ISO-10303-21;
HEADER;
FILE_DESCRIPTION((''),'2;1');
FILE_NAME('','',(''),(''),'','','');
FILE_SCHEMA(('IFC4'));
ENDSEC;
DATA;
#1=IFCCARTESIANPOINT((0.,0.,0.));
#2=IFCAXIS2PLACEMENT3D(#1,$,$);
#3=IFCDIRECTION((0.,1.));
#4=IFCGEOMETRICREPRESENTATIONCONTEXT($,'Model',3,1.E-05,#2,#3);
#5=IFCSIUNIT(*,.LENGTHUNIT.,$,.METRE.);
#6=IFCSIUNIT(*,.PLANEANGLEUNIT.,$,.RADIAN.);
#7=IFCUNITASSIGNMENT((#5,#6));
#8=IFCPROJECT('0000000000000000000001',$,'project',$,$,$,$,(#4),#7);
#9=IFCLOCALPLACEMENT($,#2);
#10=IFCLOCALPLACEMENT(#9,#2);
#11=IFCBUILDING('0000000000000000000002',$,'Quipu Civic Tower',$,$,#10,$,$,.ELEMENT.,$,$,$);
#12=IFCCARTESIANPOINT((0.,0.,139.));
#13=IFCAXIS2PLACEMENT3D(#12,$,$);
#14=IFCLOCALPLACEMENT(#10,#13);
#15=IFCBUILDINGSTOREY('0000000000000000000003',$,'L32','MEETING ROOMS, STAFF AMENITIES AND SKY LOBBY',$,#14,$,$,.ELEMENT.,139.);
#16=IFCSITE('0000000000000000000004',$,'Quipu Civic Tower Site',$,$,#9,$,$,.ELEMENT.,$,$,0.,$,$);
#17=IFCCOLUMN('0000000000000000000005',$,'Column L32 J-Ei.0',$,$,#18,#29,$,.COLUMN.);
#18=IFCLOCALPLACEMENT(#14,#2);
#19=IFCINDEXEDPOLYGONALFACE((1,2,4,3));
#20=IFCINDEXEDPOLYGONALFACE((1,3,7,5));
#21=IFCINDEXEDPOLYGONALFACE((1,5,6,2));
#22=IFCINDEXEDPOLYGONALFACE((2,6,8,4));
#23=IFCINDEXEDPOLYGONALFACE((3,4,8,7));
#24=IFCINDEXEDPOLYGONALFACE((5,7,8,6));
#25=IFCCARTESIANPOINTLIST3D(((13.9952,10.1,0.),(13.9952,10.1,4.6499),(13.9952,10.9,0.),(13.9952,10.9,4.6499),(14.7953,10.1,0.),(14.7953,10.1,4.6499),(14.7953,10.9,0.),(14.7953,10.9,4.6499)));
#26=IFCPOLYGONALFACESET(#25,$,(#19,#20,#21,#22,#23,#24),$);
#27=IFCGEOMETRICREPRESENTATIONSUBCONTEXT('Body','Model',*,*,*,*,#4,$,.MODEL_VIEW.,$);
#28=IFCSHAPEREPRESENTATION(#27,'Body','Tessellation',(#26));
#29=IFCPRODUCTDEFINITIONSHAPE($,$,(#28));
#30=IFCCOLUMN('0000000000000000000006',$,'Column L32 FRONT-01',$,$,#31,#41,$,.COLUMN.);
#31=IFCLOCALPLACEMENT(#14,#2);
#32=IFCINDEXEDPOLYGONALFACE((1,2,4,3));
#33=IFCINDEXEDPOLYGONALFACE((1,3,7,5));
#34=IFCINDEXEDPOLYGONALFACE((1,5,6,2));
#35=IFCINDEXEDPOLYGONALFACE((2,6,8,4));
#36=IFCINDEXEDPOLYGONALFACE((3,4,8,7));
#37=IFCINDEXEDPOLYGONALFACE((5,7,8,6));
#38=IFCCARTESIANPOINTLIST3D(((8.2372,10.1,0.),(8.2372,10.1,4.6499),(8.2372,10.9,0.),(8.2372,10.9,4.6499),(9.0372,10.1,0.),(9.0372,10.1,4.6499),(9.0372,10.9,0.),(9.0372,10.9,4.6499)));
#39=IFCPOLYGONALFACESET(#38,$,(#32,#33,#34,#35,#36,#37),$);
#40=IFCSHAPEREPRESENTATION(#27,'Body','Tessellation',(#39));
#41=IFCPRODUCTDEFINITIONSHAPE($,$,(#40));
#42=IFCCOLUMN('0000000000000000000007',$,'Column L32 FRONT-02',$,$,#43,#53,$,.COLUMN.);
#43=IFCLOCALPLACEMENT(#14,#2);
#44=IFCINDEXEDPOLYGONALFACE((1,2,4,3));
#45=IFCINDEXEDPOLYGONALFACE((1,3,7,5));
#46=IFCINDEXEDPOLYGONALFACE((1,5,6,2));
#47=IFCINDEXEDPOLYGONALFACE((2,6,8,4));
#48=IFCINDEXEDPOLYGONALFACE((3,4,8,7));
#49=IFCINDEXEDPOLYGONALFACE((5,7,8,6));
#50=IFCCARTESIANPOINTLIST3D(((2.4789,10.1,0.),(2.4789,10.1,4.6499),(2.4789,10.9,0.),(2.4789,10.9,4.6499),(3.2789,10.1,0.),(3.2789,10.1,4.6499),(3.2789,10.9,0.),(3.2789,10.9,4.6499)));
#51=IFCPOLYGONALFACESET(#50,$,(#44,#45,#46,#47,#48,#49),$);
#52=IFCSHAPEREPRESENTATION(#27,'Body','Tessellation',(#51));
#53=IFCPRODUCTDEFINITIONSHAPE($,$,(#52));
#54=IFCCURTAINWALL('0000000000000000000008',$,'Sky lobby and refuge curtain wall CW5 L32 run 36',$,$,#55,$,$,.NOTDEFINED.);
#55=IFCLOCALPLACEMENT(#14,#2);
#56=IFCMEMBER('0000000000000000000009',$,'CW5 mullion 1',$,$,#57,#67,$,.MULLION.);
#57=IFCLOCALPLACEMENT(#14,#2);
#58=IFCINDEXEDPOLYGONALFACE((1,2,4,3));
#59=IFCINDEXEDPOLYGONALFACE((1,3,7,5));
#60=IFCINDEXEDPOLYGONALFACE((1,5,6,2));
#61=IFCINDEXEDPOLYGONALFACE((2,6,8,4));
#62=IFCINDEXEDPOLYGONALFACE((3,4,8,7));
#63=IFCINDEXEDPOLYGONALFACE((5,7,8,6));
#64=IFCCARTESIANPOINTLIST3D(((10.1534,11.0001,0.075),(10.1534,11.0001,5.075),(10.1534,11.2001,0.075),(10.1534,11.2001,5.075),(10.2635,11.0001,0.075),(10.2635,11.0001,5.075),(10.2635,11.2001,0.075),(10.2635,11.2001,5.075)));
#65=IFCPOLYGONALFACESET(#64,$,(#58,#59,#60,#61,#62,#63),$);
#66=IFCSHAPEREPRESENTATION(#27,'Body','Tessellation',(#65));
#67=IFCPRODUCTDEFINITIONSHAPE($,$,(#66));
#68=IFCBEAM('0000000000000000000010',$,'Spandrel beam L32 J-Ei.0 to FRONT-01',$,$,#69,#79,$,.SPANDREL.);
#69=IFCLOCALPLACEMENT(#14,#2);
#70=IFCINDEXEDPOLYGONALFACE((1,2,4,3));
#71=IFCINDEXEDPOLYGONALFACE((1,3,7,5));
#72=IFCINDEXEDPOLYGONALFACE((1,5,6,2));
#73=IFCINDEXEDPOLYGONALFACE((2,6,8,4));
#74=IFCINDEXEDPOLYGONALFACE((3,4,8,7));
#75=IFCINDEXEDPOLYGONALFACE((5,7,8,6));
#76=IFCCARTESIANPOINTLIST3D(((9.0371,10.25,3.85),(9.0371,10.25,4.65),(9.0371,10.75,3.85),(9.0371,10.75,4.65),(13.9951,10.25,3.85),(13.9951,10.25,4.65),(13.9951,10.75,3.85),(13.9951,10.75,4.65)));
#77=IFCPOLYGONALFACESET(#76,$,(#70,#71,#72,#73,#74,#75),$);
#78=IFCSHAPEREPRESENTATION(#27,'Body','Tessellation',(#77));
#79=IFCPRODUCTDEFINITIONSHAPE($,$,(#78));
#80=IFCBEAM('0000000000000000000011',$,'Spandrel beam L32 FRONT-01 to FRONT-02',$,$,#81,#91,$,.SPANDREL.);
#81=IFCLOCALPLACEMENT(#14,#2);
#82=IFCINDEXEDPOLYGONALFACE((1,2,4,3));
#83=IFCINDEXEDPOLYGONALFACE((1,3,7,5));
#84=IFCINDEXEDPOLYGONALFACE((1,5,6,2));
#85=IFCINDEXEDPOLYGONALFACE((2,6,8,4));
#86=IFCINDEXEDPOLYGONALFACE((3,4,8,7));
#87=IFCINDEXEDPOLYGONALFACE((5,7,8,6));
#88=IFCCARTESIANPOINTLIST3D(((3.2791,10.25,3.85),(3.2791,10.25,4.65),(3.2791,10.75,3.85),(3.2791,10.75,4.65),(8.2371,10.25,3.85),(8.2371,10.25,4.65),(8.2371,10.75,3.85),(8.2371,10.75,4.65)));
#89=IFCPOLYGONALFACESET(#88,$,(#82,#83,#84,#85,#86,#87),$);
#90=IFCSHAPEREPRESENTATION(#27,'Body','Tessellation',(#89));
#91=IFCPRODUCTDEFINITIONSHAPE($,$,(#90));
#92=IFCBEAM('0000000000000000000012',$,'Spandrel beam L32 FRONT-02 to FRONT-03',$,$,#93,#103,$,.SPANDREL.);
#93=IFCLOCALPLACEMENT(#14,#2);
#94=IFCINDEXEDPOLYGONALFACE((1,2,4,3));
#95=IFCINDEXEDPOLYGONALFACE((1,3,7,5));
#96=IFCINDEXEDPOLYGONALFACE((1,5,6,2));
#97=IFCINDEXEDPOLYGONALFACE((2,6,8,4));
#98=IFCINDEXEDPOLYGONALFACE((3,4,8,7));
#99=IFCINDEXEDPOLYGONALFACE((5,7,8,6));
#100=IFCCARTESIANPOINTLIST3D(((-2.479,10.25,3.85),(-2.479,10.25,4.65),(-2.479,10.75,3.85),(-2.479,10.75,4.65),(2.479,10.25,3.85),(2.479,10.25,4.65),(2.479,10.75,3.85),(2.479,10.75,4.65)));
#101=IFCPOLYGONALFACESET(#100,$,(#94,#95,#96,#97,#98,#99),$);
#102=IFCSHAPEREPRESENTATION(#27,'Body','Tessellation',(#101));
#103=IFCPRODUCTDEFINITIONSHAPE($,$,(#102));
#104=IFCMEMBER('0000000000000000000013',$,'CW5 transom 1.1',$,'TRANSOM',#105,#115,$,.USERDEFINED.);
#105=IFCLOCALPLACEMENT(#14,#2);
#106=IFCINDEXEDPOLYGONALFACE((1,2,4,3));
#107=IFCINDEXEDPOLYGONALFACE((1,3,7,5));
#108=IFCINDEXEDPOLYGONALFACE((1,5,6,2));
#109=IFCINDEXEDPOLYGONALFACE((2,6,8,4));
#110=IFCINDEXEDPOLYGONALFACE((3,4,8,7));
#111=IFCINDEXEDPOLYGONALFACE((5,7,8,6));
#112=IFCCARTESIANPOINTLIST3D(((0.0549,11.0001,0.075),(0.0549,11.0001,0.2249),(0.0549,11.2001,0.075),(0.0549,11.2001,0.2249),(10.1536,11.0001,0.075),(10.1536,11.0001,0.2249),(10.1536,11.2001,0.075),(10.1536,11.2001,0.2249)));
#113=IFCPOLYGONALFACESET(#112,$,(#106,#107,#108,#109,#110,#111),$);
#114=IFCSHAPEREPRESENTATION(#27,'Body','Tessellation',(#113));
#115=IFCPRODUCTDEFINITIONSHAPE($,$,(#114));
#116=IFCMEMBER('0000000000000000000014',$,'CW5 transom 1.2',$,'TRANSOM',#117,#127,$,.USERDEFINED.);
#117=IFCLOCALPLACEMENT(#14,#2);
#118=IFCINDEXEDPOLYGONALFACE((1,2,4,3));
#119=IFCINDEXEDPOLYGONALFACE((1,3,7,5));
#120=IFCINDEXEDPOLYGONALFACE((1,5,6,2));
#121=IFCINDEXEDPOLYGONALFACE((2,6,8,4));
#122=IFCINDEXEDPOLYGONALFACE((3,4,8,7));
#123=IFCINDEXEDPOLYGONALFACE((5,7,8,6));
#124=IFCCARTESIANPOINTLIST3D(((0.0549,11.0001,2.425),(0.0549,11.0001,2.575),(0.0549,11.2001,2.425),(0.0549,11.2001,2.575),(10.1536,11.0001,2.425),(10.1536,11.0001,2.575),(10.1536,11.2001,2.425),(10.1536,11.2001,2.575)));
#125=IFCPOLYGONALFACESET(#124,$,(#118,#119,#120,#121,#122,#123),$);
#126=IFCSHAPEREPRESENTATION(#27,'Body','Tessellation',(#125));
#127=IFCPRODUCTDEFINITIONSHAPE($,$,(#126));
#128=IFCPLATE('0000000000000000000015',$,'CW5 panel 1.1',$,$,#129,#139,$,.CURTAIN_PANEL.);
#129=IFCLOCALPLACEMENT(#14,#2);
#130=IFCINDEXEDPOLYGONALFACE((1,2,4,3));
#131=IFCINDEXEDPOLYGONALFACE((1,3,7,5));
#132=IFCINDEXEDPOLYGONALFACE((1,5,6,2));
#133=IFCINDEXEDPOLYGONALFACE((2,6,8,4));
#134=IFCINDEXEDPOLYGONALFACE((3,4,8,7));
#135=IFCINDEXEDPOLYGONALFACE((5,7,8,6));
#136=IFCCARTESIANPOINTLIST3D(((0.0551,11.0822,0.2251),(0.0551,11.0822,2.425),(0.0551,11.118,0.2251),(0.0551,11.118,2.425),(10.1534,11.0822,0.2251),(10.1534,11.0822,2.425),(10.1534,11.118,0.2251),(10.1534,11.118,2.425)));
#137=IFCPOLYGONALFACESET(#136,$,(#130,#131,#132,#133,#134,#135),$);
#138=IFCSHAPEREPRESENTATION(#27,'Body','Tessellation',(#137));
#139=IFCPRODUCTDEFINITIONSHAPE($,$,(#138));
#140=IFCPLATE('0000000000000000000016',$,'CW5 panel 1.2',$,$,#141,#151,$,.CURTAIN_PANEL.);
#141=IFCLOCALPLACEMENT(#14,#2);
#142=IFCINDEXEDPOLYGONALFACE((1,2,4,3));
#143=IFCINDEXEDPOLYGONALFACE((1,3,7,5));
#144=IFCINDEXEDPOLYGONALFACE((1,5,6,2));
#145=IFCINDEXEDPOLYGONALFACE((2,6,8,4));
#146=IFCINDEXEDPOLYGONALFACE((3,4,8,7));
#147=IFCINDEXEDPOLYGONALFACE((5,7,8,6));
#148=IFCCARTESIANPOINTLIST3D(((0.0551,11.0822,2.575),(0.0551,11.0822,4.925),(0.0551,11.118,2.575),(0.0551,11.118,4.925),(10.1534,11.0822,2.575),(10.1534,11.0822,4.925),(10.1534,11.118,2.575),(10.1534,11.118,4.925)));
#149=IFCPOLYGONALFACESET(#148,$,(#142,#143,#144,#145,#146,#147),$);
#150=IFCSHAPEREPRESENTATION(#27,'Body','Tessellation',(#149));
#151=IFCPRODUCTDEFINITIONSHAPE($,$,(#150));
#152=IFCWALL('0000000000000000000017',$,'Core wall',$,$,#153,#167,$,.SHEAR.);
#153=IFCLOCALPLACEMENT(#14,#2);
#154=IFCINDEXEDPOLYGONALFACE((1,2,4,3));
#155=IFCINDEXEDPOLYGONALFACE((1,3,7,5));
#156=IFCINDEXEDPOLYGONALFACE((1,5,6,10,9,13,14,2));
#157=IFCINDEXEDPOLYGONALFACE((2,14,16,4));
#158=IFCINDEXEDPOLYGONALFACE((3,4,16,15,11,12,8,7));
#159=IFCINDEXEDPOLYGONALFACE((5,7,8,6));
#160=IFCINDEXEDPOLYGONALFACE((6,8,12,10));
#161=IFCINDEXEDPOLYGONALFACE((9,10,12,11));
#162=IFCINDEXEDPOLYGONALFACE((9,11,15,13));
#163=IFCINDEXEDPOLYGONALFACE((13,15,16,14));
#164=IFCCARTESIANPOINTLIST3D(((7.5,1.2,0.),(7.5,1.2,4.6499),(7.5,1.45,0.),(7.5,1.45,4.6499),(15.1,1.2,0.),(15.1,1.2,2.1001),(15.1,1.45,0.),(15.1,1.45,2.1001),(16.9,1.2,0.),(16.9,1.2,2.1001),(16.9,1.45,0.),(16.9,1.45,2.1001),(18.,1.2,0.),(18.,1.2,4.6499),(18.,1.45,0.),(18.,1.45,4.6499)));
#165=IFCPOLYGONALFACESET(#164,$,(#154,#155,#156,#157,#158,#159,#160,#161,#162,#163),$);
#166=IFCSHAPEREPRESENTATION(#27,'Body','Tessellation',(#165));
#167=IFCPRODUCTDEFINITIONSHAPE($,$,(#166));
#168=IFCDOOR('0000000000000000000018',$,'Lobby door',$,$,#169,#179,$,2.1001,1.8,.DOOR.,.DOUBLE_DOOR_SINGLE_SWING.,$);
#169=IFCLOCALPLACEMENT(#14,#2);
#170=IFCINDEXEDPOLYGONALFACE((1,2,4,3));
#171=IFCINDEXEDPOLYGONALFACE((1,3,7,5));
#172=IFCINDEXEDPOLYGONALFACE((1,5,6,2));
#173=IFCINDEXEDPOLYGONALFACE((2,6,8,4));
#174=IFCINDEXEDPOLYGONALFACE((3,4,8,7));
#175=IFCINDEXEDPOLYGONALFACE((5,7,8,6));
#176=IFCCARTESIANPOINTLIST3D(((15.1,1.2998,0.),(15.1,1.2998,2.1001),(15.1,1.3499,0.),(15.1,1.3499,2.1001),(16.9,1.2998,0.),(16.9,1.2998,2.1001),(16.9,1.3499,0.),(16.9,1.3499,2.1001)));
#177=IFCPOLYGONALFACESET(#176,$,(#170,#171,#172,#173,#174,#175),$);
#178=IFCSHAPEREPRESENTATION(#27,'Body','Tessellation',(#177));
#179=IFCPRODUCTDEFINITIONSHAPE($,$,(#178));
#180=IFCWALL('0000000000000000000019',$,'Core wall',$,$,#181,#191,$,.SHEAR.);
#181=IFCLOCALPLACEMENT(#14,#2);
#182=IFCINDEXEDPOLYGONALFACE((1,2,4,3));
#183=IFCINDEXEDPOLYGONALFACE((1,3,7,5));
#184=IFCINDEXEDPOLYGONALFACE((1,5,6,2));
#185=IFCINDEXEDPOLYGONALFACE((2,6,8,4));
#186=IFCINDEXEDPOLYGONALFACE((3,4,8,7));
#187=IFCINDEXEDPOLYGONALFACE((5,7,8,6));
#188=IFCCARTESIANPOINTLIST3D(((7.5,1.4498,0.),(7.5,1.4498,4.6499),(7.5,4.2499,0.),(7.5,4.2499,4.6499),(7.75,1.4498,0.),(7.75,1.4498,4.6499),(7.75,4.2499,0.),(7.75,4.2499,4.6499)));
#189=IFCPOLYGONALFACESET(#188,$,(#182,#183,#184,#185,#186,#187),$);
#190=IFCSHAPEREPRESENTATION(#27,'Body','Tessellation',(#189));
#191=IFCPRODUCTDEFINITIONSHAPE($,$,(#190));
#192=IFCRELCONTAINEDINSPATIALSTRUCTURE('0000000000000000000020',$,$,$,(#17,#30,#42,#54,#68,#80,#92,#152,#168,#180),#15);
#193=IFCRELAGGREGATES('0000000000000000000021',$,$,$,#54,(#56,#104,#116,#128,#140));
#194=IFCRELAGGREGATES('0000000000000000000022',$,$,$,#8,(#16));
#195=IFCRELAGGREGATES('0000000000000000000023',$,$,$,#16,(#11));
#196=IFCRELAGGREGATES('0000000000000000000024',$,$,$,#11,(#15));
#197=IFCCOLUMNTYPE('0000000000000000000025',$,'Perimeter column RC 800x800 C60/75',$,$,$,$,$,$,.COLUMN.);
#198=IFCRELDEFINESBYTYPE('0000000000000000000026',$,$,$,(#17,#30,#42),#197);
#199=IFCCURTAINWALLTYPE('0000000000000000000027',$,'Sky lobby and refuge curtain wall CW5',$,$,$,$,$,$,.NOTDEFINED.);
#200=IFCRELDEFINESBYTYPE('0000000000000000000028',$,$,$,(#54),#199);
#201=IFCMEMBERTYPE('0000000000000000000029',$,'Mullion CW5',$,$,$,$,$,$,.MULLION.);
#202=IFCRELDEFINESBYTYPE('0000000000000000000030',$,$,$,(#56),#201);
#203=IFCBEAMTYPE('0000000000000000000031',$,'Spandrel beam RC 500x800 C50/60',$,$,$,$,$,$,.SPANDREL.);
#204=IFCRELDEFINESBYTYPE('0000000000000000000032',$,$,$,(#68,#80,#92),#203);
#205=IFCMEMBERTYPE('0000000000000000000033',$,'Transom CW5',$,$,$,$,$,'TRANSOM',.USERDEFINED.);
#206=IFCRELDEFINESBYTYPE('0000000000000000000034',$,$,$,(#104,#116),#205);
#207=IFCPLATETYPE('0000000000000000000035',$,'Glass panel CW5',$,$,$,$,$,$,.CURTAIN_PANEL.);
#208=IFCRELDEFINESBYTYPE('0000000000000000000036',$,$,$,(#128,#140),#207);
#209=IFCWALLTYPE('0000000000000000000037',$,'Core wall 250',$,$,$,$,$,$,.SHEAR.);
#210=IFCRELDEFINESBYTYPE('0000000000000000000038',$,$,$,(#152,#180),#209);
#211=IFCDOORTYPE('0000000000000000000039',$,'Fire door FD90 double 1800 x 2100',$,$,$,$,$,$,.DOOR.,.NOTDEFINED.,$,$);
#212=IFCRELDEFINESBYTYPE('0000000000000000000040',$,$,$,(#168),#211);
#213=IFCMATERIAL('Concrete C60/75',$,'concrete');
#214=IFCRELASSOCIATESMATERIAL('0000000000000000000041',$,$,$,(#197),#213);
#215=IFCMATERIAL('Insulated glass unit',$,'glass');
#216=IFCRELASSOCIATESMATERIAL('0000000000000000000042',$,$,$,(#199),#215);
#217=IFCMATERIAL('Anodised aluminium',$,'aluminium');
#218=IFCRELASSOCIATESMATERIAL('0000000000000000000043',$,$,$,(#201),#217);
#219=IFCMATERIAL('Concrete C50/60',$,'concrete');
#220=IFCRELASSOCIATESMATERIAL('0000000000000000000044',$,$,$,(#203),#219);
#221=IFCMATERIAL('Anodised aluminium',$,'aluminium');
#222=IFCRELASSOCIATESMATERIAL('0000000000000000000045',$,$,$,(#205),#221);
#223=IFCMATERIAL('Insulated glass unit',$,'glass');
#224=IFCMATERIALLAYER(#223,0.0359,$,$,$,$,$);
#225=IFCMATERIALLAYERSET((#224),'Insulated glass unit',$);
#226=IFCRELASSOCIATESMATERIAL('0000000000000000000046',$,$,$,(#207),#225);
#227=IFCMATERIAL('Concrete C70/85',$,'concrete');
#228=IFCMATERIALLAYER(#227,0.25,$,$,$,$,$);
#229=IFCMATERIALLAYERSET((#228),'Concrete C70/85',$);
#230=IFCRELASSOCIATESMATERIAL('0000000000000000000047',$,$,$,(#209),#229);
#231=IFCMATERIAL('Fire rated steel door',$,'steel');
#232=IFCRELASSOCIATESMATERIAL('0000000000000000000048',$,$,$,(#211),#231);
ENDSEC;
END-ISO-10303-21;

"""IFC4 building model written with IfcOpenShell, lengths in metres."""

from ifc_helpers import new_model, si_unit, direction, frame, frame_2d, origin, origin_2d, place, context, subcontext, project, spatial, rectangle, extrude, material, layer, layer_set, material_profile, profile_set, type_object, element, fill, aggregate, save


model = new_model("IFC4")

# Units and contexts
model_context = context("Model", 3, precision=1e-05, world=origin(), true_north=direction((0.0, 1.0)))
body_context = subcontext(model_context, "Body", "Model", "MODEL_VIEW")
ifc_project = project(units=[si_unit("LENGTHUNIT", "METRE"), si_unit("PLANEANGLEUNIT", "RADIAN")], contexts=[model_context])

# Site, building, storey
site_placement = place(None, origin())
site = spatial("IfcSite", under=ifc_project, at=site_placement, Name="Quipu Civic Tower Site", CompositionType="ELEMENT", RefElevation=0.0)
building_placement = place(site_placement, origin())
building = spatial("IfcBuilding", under=site, at=building_placement, Name="Quipu Civic Tower", CompositionType="ELEMENT")
storey_placement = place(building_placement, frame((0.0, 0.0, 139.0)))
storey = spatial("IfcBuildingStorey", under=building, at=storey_placement, Name="L32", Description="MEETING ROOMS, STAFF AMENITIES AND SKY LOBBY", CompositionType="ELEMENT", Elevation=139.0)

# Columns
ifc_material_1 = material(Name="Concrete C60/75", Category="concrete")
ifc_material_profile_1 = material_profile(ifc_material_1, rectangle(XDim=0.8, YDim=0.8, at=origin_2d()), Name="RC800x800")
ifc_profile_set_1 = profile_set([ifc_material_profile_1], Name="Concrete C60/75")
column_type = type_object("IfcColumnType", Name="Perimeter column RC 800x800 C60/75", PredefinedType="COLUMN", material=ifc_profile_set_1)
for number, where, z_axis, x_axis, name in (
    (1, (14.3953, 10.5, 0.0), (0.0, 0.0, 1.0), (-1.0, 0.0, 0.0), "Column L32 J-Ei.0"),
    (2, (8.6372, 10.5, 0.0), (0.0, 0.0, 1.0), (-1.0, 0.0, 0.0), "Column L32 FRONT-01"),
    (3, (2.8789, 10.5, 0.0), (0.0, 0.0, 1.0), (-1.0, 0.0, 0.0), "Column L32 FRONT-02"),
):
    element("IfcColumn", number, at=place(storey_placement, frame(where, z_axis=z_axis, x_axis=x_axis)), inside=storey, type_object=column_type, Name=name, PredefinedType="COLUMN", context=body_context, shape_type="SweptSolid", body=[
        extrude(rectangle(XDim=0.8, YDim=0.8, at=origin_2d()), origin(), (0.0, 0.0, 1.0), 4.6499),
    ])

# Curtain wall, member
ifc_material_2 = material(Name="Insulated glass unit", Category="glass")
curtain_wall_type = type_object("IfcCurtainWallType", Name="Sky lobby and refuge curtain wall CW5", PredefinedType="NOTDEFINED", material=ifc_material_2)
curtain_wall_placement = place(storey_placement, origin())
curtain_wall = element("IfcCurtainWall", 4, at=curtain_wall_placement, inside=storey, type_object=curtain_wall_type, Name="Sky lobby and refuge curtain wall CW5 L32 run 36", PredefinedType="NOTDEFINED")
ifc_material_3 = material(Name="Anodised aluminium", Category="aluminium")
ifc_material_profile_2 = material_profile(ifc_material_3, rectangle(XDim=0.2, YDim=0.1101, at=origin_2d()), Name="RECT 200x110")
ifc_profile_set_2 = profile_set([ifc_material_profile_2], Name="Anodised aluminium")
member_type_1 = type_object("IfcMemberType", Name="Mullion CW5", PredefinedType="MULLION", material=ifc_profile_set_2)
member_1_placement = place(storey_placement, frame((10.2085, 11.1001, 0.075), z_axis=(0.0, 0.0, 1.0), x_axis=(0.0, -1.0, 0.0)))
member_1 = element("IfcMember", 5, at=member_1_placement, type_object=member_type_1, Name="CW5 mullion 1", PredefinedType="MULLION", context=body_context, shape_type="SweptSolid", body=[
    extrude(rectangle(XDim=0.2, YDim=0.1101, at=origin_2d()), origin(), (0.0, 0.0, 1.0), 5.0),
])

# Beams
ifc_material_4 = material(Name="Concrete C50/60", Category="concrete")
ifc_material_profile_3 = material_profile(ifc_material_4, rectangle(XDim=0.5, YDim=0.8, at=origin_2d()), Name="RC500x800")
ifc_profile_set_3 = profile_set([ifc_material_profile_3], Name="Concrete C50/60")
beam_type = type_object("IfcBeamType", Name="Spandrel beam RC 500x800 C50/60", PredefinedType="SPANDREL", material=ifc_profile_set_3)
for number, where, z_axis, x_axis, name in (
    (6, (13.9951, 10.5, 4.25), (-1.0, 0.0, 0.0), (0.0, -1.0, 0.0), "Spandrel beam L32 J-Ei.0 to FRONT-01"),
    (7, (8.2371, 10.5, 4.25), (-1.0, 0.0, 0.0), (0.0, -1.0, 0.0), "Spandrel beam L32 FRONT-01 to FRONT-02"),
    (8, (2.479, 10.5, 4.25), (-1.0, 0.0, 0.0), (0.0, -1.0, 0.0), "Spandrel beam L32 FRONT-02 to FRONT-03"),
):
    element("IfcBeam", number, at=place(storey_placement, frame(where, z_axis=z_axis, x_axis=x_axis)), inside=storey, type_object=beam_type, Name=name, PredefinedType="SPANDREL", context=body_context, shape_type="SweptSolid", body=[
        extrude(rectangle(XDim=0.5, YDim=0.8, at=origin_2d()), origin(), (0.0, 0.0, 1.0), 4.958),
    ])

# Members
ifc_material_5 = material(Name="Anodised aluminium", Category="aluminium")
ifc_material_profile_4 = material_profile(ifc_material_5, rectangle(XDim=0.2, YDim=0.1499, at=origin_2d()), Name="RECT 200x150")
ifc_profile_set_4 = profile_set([ifc_material_profile_4], Name="Anodised aluminium")
member_type_2 = type_object("IfcMemberType", Name="Transom CW5", ElementType="TRANSOM", PredefinedType="USERDEFINED", material=ifc_profile_set_4)
member_2_placement = place(storey_placement, frame((10.1536, 11.1001, 0.1499), z_axis=(-1.0, 0.0, 0.0), x_axis=(0.0, -1.0, 0.0)))
member_2 = element("IfcMember", 9, at=member_2_placement, type_object=member_type_2, Name="CW5 transom 1.1", ObjectType="TRANSOM", PredefinedType="USERDEFINED", context=body_context, shape_type="SweptSolid", body=[
    extrude(rectangle(XDim=0.2, YDim=0.1499, at=origin_2d()), origin(), (0.0, 0.0, 1.0), 10.0986),
])
member_3_placement = place(storey_placement, frame((10.1536, 11.1001, 2.5), z_axis=(-1.0, 0.0, 0.0), x_axis=(0.0, -1.0, 0.0)))
member_3 = element("IfcMember", 10, at=member_3_placement, type_object=member_type_2, Name="CW5 transom 1.2", ObjectType="TRANSOM", PredefinedType="USERDEFINED", context=body_context, shape_type="SweptSolid", body=[
    extrude(rectangle(XDim=0.2, YDim=0.1499, at=origin_2d()), origin(), (0.0, 0.0, 1.0), 10.0986),
])

# Plates
ifc_material_6 = material(Name="Insulated glass unit", Category="glass")
ifc_layer_1 = layer(ifc_material_6, 0.0359)
ifc_layer_set_1 = layer_set([ifc_layer_1], Name="Insulated glass unit")
plate_type = type_object("IfcPlateType", Name="Glass panel CW5", PredefinedType="CURTAIN_PANEL", material=ifc_layer_set_1)
plate_1_placement = place(storey_placement, frame((5.1042, 11.1001, 0.2251), z_axis=(0.0, 0.0, 1.0), x_axis=(-1.0, 0.0, 0.0)))
plate_1 = element("IfcPlate", 11, at=plate_1_placement, type_object=plate_type, Name="CW5 panel 1.1", PredefinedType="CURTAIN_PANEL", context=body_context, shape_type="SweptSolid", body=[
    extrude(rectangle(XDim=10.0984, YDim=0.0359, at=origin_2d()), origin(), (0.0, 0.0, 1.0), 2.2),
])
plate_2_placement = place(storey_placement, frame((5.1042, 11.1001, 2.575), z_axis=(0.0, 0.0, 1.0), x_axis=(-1.0, 0.0, 0.0)))
plate_2 = element("IfcPlate", 12, at=plate_2_placement, type_object=plate_type, Name="CW5 panel 1.2", PredefinedType="CURTAIN_PANEL", context=body_context, shape_type="SweptSolid", body=[
    extrude(rectangle(XDim=10.0984, YDim=0.0359, at=origin_2d()), origin(), (0.0, 0.0, 1.0), 2.3501),
])
aggregate(curtain_wall, [member_1, member_2, member_3, plate_1, plate_2])

# Wall, opening, door
ifc_material_7 = material(Name="Concrete C70/85", Category="concrete")
ifc_layer_2 = layer(ifc_material_7, 0.25)
ifc_layer_set_2 = layer_set([ifc_layer_2], Name="Concrete C70/85")
wall_type_1 = type_object("IfcWallType", Name="Core wall 250", PredefinedType="SHEAR", material=ifc_layer_set_2)
wall_1_placement = place(storey_placement, frame((7.5, 1.325, 0.0), z_axis=(0.0, 0.0, 1.0), x_axis=(1.0, 0.0, 0.0)))
wall_1 = element("IfcWall", 13, at=wall_1_placement, inside=storey, type_object=wall_type_1, Name="Core wall", PredefinedType="SHEAR", context=body_context, shape_type="SweptSolid", body=[
    extrude(rectangle(XDim=10.5, YDim=0.25, at=frame_2d((5.25, 0.0))), origin(), (0.0, 0.0, 1.0), 4.6499),
])
opening_1_placement = place(wall_1_placement, frame((7.6001, 0.0, 0.0)))
opening_1 = element("IfcOpeningElement", 14, at=opening_1_placement, cuts=wall_1, PredefinedType="OPENING", context=body_context, shape_type="SweptSolid", body=[
    extrude(rectangle(XDim=1.8, YDim=2.1001, at=frame_2d((0.8999, 1.05))), frame((0.0, 0.135, 0.0), z_axis=(0.0, -1.0, 0.0), x_axis=(1.0, 0.0, 0.0)), (0.0, 0.0, 1.0), 0.27),
])
ifc_material_8 = material(Name="Fire rated steel door", Category="steel")
door_type = type_object("IfcDoorType", Name="Fire door FD90 double 1800 x 2100", OperationType="NOTDEFINED", PredefinedType="DOOR", material=ifc_material_8)
door_1_placement = place(opening_1_placement, origin())
door_1 = element("IfcDoor", 15, at=door_1_placement, inside=storey, type_object=door_type, Name="Lobby door", OperationType="DOUBLE_DOOR_SINGLE_SWING", OverallHeight=2.1001, OverallWidth=1.8, PredefinedType="DOOR", context=body_context, shape_type="SweptSolid", body=[
    extrude(rectangle(XDim=1.8, YDim=2.1001, at=frame_2d((0.8999, 1.05))), frame((0.0, 0.0249, 0.0), z_axis=(0.0, -1.0, 0.0), x_axis=(1.0, 0.0, 0.0)), (0.0, 0.0, 1.0), 0.05),
])
fill(opening_1, door_1)

# Wall
for number, where, z_axis, x_axis, name in (
    (16, (7.625, 1.45, 0.0), (0.0, 0.0, 1.0), (0.0, 1.0, 0.0), "Core wall"),
):
    element("IfcWall", number, at=place(storey_placement, frame(where, z_axis=z_axis, x_axis=x_axis)), inside=storey, type_object=wall_type_1, Name=name, PredefinedType="SHEAR", context=body_context, shape_type="SweptSolid", body=[
        extrude(rectangle(XDim=2.8, YDim=0.25, at=frame_2d((1.3999, 0.0))), origin(), (0.0, 0.0, 1.0), 4.6499),
    ])

save(model, "model.ifc")
